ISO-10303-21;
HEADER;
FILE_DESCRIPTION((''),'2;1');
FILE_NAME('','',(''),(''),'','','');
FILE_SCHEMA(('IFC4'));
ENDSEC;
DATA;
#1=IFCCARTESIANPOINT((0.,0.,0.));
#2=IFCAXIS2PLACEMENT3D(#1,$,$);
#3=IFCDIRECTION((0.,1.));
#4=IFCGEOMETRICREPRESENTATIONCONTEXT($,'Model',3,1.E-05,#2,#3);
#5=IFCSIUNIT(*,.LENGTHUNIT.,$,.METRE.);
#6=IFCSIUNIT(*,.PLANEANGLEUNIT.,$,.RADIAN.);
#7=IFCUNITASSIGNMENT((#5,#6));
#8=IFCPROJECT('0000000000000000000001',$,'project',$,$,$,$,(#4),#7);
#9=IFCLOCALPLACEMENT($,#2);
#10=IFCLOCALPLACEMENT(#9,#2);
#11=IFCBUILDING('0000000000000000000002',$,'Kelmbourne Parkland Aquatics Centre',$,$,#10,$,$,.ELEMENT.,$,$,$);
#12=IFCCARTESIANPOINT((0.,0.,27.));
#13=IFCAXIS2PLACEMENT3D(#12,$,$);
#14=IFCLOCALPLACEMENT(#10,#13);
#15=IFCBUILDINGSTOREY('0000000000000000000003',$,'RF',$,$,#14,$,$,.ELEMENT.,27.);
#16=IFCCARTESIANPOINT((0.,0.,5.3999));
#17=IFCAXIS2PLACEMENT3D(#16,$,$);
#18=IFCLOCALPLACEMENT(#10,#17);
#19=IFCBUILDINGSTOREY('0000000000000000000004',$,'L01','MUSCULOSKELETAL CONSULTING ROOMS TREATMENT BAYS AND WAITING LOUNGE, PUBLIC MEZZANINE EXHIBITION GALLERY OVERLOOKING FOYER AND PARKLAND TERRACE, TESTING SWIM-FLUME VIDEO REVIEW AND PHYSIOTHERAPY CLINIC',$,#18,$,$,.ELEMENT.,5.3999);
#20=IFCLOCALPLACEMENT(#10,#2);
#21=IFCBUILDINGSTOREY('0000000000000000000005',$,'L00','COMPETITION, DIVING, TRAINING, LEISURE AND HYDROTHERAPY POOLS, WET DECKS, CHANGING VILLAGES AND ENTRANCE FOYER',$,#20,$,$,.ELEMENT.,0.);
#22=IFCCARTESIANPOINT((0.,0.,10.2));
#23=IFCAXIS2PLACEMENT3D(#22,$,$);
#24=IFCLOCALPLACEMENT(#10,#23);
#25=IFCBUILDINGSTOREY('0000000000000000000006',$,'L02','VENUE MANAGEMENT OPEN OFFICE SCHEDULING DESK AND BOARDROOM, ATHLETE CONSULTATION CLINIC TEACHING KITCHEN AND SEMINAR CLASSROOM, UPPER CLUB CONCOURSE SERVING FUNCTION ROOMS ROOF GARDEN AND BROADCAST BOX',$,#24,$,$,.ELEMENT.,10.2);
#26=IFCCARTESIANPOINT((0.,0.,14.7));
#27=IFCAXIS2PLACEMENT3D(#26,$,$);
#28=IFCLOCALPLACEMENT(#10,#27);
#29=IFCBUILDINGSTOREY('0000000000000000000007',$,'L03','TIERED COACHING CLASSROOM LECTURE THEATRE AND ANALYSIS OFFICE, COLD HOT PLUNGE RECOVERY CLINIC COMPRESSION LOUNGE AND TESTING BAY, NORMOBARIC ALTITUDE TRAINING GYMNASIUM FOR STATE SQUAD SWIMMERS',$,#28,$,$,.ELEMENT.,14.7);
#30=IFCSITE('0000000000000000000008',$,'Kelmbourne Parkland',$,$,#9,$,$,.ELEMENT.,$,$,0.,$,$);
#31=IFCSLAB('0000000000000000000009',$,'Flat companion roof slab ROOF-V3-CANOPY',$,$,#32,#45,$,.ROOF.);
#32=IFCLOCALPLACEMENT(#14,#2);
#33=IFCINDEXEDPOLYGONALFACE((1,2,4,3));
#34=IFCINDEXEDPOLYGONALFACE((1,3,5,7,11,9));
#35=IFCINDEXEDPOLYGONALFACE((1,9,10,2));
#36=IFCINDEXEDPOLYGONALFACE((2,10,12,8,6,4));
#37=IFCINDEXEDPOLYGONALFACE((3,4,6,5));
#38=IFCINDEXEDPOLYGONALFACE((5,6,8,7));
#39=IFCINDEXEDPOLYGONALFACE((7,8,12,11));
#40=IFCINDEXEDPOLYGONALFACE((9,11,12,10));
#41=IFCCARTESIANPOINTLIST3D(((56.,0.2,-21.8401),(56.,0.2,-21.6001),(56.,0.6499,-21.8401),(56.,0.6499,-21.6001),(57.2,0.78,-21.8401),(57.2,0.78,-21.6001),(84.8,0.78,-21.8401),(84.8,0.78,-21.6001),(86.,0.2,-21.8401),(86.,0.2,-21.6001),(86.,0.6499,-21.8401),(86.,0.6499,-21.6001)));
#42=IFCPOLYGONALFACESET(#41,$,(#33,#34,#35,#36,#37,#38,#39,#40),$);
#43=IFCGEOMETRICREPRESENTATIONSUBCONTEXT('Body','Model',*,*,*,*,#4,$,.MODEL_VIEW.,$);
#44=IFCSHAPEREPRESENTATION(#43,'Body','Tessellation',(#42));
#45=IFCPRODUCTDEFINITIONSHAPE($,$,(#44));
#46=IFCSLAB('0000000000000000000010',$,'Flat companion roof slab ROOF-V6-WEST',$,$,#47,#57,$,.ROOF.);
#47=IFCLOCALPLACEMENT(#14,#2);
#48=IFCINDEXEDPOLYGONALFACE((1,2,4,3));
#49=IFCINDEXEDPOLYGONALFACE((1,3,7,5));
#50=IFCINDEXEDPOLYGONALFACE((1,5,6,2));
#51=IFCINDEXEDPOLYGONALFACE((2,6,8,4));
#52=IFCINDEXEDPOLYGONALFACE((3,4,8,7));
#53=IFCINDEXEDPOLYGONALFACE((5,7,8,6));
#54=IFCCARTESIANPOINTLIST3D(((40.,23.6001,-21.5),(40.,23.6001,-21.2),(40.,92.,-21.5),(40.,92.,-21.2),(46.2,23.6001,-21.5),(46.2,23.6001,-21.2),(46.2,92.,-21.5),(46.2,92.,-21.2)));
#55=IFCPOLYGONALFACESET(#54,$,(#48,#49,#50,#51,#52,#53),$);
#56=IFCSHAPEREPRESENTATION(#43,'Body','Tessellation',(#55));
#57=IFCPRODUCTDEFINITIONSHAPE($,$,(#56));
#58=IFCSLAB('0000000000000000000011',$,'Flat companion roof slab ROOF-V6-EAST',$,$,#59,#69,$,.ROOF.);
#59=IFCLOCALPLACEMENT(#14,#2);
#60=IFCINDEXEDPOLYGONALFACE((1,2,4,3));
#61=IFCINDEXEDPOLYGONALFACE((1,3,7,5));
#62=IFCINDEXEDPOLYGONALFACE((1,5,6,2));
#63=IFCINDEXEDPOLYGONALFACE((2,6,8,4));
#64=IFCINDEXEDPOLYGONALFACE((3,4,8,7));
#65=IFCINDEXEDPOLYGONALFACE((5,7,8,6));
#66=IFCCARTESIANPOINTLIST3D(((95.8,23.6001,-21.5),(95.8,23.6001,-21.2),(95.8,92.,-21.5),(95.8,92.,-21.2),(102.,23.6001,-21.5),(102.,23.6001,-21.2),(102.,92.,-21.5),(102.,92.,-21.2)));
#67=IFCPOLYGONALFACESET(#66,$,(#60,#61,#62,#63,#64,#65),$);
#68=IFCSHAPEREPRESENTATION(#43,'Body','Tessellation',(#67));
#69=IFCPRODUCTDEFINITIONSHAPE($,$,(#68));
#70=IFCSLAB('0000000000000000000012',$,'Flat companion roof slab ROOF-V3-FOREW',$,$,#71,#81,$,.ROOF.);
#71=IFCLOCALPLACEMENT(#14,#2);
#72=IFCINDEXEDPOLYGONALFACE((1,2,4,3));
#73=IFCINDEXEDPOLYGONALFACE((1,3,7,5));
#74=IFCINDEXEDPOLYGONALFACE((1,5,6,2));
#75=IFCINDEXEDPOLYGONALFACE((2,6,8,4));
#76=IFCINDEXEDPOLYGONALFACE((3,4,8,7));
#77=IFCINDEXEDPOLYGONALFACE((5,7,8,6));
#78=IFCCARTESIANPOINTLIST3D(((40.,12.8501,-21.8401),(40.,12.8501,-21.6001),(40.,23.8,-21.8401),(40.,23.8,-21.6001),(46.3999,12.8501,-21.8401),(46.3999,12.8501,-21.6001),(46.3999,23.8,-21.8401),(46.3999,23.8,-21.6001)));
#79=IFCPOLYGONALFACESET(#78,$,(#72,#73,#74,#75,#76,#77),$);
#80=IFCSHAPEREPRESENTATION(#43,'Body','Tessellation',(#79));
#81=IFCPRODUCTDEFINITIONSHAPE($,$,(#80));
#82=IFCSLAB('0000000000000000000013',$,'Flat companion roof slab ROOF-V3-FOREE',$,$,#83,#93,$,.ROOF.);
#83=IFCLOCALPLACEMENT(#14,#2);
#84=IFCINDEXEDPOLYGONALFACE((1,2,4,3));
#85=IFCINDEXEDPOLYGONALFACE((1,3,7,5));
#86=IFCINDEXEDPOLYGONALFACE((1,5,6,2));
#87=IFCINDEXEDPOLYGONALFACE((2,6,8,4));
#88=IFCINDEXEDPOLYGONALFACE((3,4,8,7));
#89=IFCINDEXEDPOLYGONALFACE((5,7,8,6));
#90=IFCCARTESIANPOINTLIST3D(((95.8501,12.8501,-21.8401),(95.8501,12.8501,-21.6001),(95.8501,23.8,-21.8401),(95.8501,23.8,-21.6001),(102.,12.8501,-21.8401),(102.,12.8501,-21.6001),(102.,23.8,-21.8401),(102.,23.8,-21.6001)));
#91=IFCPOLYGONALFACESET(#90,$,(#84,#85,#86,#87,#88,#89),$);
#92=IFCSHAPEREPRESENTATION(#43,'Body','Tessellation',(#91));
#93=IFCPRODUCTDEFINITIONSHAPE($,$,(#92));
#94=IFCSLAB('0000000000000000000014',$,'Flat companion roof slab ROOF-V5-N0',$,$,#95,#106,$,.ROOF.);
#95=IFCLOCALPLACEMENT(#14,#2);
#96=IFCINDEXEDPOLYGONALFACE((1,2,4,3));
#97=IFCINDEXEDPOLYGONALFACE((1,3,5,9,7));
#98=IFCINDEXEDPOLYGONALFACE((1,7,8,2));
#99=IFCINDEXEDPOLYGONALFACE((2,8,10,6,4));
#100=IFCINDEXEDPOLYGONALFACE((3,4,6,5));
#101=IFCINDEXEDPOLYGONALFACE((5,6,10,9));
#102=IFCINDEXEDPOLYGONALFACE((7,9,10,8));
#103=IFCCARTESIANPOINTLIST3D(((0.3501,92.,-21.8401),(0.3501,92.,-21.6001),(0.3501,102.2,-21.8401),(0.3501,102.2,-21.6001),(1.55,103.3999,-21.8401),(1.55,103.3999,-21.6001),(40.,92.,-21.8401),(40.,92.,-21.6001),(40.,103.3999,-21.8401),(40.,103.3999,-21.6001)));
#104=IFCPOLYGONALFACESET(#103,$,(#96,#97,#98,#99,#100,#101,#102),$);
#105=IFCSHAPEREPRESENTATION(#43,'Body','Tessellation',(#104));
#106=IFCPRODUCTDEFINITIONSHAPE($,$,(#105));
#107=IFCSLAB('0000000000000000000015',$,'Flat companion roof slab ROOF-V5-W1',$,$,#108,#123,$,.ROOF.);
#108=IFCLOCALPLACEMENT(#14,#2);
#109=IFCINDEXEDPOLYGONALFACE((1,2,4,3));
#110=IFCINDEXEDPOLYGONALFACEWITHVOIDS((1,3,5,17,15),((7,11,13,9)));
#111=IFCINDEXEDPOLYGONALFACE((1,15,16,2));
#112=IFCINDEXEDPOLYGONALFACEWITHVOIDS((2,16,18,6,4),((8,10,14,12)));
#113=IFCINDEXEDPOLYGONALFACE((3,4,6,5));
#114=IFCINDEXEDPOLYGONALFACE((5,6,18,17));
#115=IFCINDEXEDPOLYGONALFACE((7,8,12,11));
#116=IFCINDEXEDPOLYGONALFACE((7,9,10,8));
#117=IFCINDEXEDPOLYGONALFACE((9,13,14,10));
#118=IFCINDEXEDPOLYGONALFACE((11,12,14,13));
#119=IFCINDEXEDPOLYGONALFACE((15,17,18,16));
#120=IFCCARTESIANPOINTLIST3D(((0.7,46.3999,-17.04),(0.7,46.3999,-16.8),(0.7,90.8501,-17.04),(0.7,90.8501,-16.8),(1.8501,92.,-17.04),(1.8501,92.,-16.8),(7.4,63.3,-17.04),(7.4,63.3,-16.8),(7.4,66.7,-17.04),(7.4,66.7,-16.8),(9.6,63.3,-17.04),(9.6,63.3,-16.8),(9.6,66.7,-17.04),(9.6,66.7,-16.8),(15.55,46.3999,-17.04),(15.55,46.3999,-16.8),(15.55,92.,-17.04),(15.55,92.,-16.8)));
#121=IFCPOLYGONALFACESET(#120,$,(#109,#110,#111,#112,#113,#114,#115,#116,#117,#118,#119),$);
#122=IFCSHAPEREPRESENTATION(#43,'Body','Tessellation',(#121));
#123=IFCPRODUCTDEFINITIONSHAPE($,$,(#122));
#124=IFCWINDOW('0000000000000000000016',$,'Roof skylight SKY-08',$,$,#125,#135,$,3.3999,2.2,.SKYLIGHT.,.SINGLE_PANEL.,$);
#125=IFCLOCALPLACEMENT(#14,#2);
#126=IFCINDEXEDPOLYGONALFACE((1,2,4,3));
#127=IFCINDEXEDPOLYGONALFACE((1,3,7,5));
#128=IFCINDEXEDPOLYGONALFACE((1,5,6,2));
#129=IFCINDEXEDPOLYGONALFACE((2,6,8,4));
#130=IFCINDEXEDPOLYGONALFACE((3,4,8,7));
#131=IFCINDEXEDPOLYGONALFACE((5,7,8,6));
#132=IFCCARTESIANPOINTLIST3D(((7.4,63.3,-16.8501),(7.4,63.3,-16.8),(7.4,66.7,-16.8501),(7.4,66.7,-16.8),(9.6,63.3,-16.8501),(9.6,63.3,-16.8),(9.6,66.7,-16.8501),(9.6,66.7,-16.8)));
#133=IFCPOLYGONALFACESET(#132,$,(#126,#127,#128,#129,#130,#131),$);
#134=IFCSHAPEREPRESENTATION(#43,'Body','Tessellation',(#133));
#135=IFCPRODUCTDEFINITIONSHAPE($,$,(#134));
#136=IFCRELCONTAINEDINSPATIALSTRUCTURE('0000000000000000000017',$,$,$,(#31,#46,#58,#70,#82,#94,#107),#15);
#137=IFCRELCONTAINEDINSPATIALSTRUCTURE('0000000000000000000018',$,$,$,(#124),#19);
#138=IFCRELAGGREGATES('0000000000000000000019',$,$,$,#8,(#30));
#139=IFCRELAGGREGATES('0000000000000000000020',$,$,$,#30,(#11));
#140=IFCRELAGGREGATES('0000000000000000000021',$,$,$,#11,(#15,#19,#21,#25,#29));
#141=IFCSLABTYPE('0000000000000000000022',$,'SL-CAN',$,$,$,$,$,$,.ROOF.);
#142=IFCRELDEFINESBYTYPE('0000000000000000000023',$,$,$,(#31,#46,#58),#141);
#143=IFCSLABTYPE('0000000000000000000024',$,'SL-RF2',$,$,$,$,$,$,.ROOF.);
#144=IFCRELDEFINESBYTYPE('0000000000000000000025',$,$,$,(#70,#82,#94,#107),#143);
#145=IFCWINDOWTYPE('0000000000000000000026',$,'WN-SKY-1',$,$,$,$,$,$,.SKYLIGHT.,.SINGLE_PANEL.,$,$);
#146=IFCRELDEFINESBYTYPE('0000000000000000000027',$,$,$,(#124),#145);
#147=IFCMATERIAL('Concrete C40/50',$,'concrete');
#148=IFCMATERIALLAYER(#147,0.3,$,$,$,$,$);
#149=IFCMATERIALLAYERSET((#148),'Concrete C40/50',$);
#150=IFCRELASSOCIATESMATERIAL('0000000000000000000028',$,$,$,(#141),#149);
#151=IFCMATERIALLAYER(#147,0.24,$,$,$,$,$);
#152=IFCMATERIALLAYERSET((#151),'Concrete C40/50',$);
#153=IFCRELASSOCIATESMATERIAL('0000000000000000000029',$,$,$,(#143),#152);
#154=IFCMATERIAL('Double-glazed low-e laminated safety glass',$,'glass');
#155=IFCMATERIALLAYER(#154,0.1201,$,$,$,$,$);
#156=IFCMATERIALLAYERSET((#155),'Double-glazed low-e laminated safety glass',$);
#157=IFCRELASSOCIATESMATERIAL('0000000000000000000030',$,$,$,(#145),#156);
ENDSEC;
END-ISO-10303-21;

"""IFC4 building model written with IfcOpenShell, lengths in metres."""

from ifc_helpers import new_model, si_unit, direction, frame, origin, origin_2d, place, context, subcontext, project, spatial, polyline, rectangle, outline, extrude, material, layer, layer_set, type_object, element, fill, save


model = new_model("IFC4")

# Units and contexts
model_context = context("Model", 3, precision=1e-05, world=origin(), true_north=direction((0.0, 1.0)))
body_context = subcontext(model_context, "Body", "Model", "MODEL_VIEW")
ifc_project = project(units=[si_unit("LENGTHUNIT", "METRE"), si_unit("PLANEANGLEUNIT", "RADIAN")], contexts=[model_context])

# Site, building, storey
site_placement = place(None, origin())
site = spatial("IfcSite", under=ifc_project, at=site_placement, Name="Kelmbourne Parkland", CompositionType="ELEMENT", RefElevation=0.0)
building_placement = place(site_placement, origin())
building = spatial("IfcBuilding", under=site, at=building_placement, Name="Kelmbourne Parkland Aquatics Centre", CompositionType="ELEMENT")
storey_1_placement = place(building_placement, frame((0.0, 0.0, 27.0)))
storey_1 = spatial("IfcBuildingStorey", under=building, at=storey_1_placement, Name="RF", CompositionType="ELEMENT", Elevation=27.0)

# Slabs
ifc_material_1 = material(Name="Concrete C40/50", Category="concrete")
ifc_layer_1 = layer(ifc_material_1, 0.3)
ifc_layer_set_1 = layer_set([ifc_layer_1], Name="Concrete C40/50")
slab_type_1 = type_object("IfcSlabType", Name="SL-CAN", PredefinedType="ROOF", material=ifc_layer_set_1)
slab_1_placement = place(storey_1_placement, frame((0.0, 0.0, -21.8401)))
element("IfcSlab", 1, at=slab_1_placement, inside=storey_1, type_object=slab_type_1, Name="Flat companion roof slab ROOF-V3-CANOPY", PredefinedType="ROOF", context=body_context, shape_type="SweptSolid", body=[
    extrude(outline(polyline([(56.0, 0.2), (86.0, 0.2), (86.0, 0.6499), (84.8, 0.78), (57.2, 0.78), (56.0, 0.6499), (56.0, 0.2)])), origin(), (0.0, 0.0, 1.0), 0.24),
])
slab_2_placement = place(storey_1_placement, frame((0.0, 0.0, -21.5)))
element("IfcSlab", 2, at=slab_2_placement, inside=storey_1, type_object=slab_type_1, Name="Flat companion roof slab ROOF-V6-WEST", PredefinedType="ROOF", context=body_context, shape_type="SweptSolid", body=[
    extrude(outline(polyline([(40.0, 23.6001), (46.2, 23.6001), (46.2, 92.0), (40.0, 92.0), (40.0, 23.6001)])), origin(), (0.0, 0.0, 1.0), 0.3),
])
slab_3_placement = place(storey_1_placement, frame((0.0, 0.0, -21.5)))
element("IfcSlab", 3, at=slab_3_placement, inside=storey_1, type_object=slab_type_1, Name="Flat companion roof slab ROOF-V6-EAST", PredefinedType="ROOF", context=body_context, shape_type="SweptSolid", body=[
    extrude(outline(polyline([(95.8, 23.6001), (102.0, 23.6001), (102.0, 92.0), (95.8, 92.0), (95.8, 23.6001)])), origin(), (0.0, 0.0, 1.0), 0.3),
])
ifc_layer_2 = layer(ifc_material_1, 0.24)
ifc_layer_set_2 = layer_set([ifc_layer_2], Name="Concrete C40/50")
slab_type_2 = type_object("IfcSlabType", Name="SL-RF2", PredefinedType="ROOF", material=ifc_layer_set_2)
slab_4_placement = place(storey_1_placement, frame((0.0, 0.0, -21.8401)))
element("IfcSlab", 4, at=slab_4_placement, inside=storey_1, type_object=slab_type_2, Name="Flat companion roof slab ROOF-V3-FOREW", PredefinedType="ROOF", context=body_context, shape_type="SweptSolid", body=[
    extrude(outline(polyline([(40.0, 12.8501), (46.3999, 12.8501), (46.3999, 23.8), (40.0, 23.8), (40.0, 12.8501)])), origin(), (0.0, 0.0, 1.0), 0.24),
])
slab_5_placement = place(storey_1_placement, frame((0.0, 0.0, -21.8401)))
element("IfcSlab", 5, at=slab_5_placement, inside=storey_1, type_object=slab_type_2, Name="Flat companion roof slab ROOF-V3-FOREE", PredefinedType="ROOF", context=body_context, shape_type="SweptSolid", body=[
    extrude(outline(polyline([(95.8501, 12.8501), (102.0, 12.8501), (102.0, 23.8), (95.8501, 23.8), (95.8501, 12.8501)])), origin(), (0.0, 0.0, 1.0), 0.24),
])
slab_6_placement = place(storey_1_placement, frame((0.0, 0.0, -21.8401)))
element("IfcSlab", 6, at=slab_6_placement, inside=storey_1, type_object=slab_type_2, Name="Flat companion roof slab ROOF-V5-N0", PredefinedType="ROOF", context=body_context, shape_type="SweptSolid", body=[
    extrude(outline(polyline([(0.3501, 92.0), (40.0, 92.0), (40.0, 103.3999), (1.55, 103.3999), (0.3501, 102.2), (0.3501, 92.0)])), origin(), (0.0, 0.0, 1.0), 0.24),
])

# Slab, opening
slab_7_placement = place(storey_1_placement, frame((0.0, 0.0, -17.04)))
slab_7 = element("IfcSlab", 7, at=slab_7_placement, inside=storey_1, type_object=slab_type_2, Name="Flat companion roof slab ROOF-V5-W1", PredefinedType="ROOF", context=body_context, shape_type="SweptSolid", body=[
    extrude(outline(polyline([(0.7, 46.3999), (15.55, 46.3999), (15.55, 92.0), (1.8501, 92.0), (0.7, 90.8501), (0.7, 46.3999)])), origin(), (0.0, 0.0, 1.0), 0.24),
])
opening_1_placement = place(slab_7_placement, frame((8.5, 65.0, 0.0)))
opening_1 = element("IfcOpeningElement", 8, at=opening_1_placement, cuts=slab_7, PredefinedType="OPENING", context=body_context, shape_type="SweptSolid", body=[
    extrude(rectangle(XDim=2.2, YDim=3.3999, at=origin_2d()), frame((0.0, 0.0, -0.012)), (0.0, 0.0, 1.0), 0.2639),
])

# Shared definitions
storey_2_placement = place(building_placement, frame((0.0, 0.0, 5.3999)))
storey_2 = spatial("IfcBuildingStorey", under=building, at=storey_2_placement, Name="L01", Description="MUSCULOSKELETAL CONSULTING ROOMS TREATMENT BAYS AND WAITING LOUNGE, PUBLIC MEZZANINE EXHIBITION GALLERY OVERLOOKING FOYER AND PARKLAND TERRACE, TESTING SWIM-FLUME VIDEO REVIEW AND PHYSIOTHERAPY CLINIC", CompositionType="ELEMENT", Elevation=5.3999)

# Window
ifc_material_2 = material(Name="Double-glazed low-e laminated safety glass", Category="glass")
ifc_layer_3 = layer(ifc_material_2, 0.1201)
ifc_layer_set_3 = layer_set([ifc_layer_3], Name="Double-glazed low-e laminated safety glass")
window_type_1 = type_object("IfcWindowType", Name="WN-SKY-1", PartitioningType="SINGLE_PANEL", PredefinedType="SKYLIGHT", material=ifc_layer_set_3)
window_1_placement = place(opening_1_placement, frame((0.0, 0.0, 0.1899)))
window_1 = element("IfcWindow", 9, at=window_1_placement, inside=storey_2, type_object=window_type_1, Name="Roof skylight SKY-08", OverallHeight=3.3999, OverallWidth=2.2, PartitioningType="SINGLE_PANEL", PredefinedType="SKYLIGHT", context=body_context, shape_type="SweptSolid", body=[
    extrude(rectangle(XDim=2.2, YDim=3.3999, at=origin_2d()), origin(), (0.0, 0.0, 1.0), 0.05),
])
fill(opening_1, window_1)

# Shared definitions
storey_3_placement = place(building_placement, origin())
storey_3 = spatial("IfcBuildingStorey", under=building, at=storey_3_placement, Name="L00", Description="COMPETITION, DIVING, TRAINING, LEISURE AND HYDROTHERAPY POOLS, WET DECKS, CHANGING VILLAGES AND ENTRANCE FOYER", CompositionType="ELEMENT", Elevation=0.0)

# Shared definitions
storey_4_placement = place(building_placement, frame((0.0, 0.0, 10.2)))
storey_4 = spatial("IfcBuildingStorey", under=building, at=storey_4_placement, Name="L02", Description="VENUE MANAGEMENT OPEN OFFICE SCHEDULING DESK AND BOARDROOM, ATHLETE CONSULTATION CLINIC TEACHING KITCHEN AND SEMINAR CLASSROOM, UPPER CLUB CONCOURSE SERVING FUNCTION ROOMS ROOF GARDEN AND BROADCAST BOX", CompositionType="ELEMENT", Elevation=10.2)

# Shared definitions
storey_5_placement = place(building_placement, frame((0.0, 0.0, 14.7)))
storey_5 = spatial("IfcBuildingStorey", under=building, at=storey_5_placement, Name="L03", Description="TIERED COACHING CLASSROOM LECTURE THEATRE AND ANALYSIS OFFICE, COLD HOT PLUNGE RECOVERY CLINIC COMPRESSION LOUNGE AND TESTING BAY, NORMOBARIC ALTITUDE TRAINING GYMNASIUM FOR STATE SQUAD SWIMMERS", CompositionType="ELEMENT", Elevation=14.7)

save(model, "model.ifc")
